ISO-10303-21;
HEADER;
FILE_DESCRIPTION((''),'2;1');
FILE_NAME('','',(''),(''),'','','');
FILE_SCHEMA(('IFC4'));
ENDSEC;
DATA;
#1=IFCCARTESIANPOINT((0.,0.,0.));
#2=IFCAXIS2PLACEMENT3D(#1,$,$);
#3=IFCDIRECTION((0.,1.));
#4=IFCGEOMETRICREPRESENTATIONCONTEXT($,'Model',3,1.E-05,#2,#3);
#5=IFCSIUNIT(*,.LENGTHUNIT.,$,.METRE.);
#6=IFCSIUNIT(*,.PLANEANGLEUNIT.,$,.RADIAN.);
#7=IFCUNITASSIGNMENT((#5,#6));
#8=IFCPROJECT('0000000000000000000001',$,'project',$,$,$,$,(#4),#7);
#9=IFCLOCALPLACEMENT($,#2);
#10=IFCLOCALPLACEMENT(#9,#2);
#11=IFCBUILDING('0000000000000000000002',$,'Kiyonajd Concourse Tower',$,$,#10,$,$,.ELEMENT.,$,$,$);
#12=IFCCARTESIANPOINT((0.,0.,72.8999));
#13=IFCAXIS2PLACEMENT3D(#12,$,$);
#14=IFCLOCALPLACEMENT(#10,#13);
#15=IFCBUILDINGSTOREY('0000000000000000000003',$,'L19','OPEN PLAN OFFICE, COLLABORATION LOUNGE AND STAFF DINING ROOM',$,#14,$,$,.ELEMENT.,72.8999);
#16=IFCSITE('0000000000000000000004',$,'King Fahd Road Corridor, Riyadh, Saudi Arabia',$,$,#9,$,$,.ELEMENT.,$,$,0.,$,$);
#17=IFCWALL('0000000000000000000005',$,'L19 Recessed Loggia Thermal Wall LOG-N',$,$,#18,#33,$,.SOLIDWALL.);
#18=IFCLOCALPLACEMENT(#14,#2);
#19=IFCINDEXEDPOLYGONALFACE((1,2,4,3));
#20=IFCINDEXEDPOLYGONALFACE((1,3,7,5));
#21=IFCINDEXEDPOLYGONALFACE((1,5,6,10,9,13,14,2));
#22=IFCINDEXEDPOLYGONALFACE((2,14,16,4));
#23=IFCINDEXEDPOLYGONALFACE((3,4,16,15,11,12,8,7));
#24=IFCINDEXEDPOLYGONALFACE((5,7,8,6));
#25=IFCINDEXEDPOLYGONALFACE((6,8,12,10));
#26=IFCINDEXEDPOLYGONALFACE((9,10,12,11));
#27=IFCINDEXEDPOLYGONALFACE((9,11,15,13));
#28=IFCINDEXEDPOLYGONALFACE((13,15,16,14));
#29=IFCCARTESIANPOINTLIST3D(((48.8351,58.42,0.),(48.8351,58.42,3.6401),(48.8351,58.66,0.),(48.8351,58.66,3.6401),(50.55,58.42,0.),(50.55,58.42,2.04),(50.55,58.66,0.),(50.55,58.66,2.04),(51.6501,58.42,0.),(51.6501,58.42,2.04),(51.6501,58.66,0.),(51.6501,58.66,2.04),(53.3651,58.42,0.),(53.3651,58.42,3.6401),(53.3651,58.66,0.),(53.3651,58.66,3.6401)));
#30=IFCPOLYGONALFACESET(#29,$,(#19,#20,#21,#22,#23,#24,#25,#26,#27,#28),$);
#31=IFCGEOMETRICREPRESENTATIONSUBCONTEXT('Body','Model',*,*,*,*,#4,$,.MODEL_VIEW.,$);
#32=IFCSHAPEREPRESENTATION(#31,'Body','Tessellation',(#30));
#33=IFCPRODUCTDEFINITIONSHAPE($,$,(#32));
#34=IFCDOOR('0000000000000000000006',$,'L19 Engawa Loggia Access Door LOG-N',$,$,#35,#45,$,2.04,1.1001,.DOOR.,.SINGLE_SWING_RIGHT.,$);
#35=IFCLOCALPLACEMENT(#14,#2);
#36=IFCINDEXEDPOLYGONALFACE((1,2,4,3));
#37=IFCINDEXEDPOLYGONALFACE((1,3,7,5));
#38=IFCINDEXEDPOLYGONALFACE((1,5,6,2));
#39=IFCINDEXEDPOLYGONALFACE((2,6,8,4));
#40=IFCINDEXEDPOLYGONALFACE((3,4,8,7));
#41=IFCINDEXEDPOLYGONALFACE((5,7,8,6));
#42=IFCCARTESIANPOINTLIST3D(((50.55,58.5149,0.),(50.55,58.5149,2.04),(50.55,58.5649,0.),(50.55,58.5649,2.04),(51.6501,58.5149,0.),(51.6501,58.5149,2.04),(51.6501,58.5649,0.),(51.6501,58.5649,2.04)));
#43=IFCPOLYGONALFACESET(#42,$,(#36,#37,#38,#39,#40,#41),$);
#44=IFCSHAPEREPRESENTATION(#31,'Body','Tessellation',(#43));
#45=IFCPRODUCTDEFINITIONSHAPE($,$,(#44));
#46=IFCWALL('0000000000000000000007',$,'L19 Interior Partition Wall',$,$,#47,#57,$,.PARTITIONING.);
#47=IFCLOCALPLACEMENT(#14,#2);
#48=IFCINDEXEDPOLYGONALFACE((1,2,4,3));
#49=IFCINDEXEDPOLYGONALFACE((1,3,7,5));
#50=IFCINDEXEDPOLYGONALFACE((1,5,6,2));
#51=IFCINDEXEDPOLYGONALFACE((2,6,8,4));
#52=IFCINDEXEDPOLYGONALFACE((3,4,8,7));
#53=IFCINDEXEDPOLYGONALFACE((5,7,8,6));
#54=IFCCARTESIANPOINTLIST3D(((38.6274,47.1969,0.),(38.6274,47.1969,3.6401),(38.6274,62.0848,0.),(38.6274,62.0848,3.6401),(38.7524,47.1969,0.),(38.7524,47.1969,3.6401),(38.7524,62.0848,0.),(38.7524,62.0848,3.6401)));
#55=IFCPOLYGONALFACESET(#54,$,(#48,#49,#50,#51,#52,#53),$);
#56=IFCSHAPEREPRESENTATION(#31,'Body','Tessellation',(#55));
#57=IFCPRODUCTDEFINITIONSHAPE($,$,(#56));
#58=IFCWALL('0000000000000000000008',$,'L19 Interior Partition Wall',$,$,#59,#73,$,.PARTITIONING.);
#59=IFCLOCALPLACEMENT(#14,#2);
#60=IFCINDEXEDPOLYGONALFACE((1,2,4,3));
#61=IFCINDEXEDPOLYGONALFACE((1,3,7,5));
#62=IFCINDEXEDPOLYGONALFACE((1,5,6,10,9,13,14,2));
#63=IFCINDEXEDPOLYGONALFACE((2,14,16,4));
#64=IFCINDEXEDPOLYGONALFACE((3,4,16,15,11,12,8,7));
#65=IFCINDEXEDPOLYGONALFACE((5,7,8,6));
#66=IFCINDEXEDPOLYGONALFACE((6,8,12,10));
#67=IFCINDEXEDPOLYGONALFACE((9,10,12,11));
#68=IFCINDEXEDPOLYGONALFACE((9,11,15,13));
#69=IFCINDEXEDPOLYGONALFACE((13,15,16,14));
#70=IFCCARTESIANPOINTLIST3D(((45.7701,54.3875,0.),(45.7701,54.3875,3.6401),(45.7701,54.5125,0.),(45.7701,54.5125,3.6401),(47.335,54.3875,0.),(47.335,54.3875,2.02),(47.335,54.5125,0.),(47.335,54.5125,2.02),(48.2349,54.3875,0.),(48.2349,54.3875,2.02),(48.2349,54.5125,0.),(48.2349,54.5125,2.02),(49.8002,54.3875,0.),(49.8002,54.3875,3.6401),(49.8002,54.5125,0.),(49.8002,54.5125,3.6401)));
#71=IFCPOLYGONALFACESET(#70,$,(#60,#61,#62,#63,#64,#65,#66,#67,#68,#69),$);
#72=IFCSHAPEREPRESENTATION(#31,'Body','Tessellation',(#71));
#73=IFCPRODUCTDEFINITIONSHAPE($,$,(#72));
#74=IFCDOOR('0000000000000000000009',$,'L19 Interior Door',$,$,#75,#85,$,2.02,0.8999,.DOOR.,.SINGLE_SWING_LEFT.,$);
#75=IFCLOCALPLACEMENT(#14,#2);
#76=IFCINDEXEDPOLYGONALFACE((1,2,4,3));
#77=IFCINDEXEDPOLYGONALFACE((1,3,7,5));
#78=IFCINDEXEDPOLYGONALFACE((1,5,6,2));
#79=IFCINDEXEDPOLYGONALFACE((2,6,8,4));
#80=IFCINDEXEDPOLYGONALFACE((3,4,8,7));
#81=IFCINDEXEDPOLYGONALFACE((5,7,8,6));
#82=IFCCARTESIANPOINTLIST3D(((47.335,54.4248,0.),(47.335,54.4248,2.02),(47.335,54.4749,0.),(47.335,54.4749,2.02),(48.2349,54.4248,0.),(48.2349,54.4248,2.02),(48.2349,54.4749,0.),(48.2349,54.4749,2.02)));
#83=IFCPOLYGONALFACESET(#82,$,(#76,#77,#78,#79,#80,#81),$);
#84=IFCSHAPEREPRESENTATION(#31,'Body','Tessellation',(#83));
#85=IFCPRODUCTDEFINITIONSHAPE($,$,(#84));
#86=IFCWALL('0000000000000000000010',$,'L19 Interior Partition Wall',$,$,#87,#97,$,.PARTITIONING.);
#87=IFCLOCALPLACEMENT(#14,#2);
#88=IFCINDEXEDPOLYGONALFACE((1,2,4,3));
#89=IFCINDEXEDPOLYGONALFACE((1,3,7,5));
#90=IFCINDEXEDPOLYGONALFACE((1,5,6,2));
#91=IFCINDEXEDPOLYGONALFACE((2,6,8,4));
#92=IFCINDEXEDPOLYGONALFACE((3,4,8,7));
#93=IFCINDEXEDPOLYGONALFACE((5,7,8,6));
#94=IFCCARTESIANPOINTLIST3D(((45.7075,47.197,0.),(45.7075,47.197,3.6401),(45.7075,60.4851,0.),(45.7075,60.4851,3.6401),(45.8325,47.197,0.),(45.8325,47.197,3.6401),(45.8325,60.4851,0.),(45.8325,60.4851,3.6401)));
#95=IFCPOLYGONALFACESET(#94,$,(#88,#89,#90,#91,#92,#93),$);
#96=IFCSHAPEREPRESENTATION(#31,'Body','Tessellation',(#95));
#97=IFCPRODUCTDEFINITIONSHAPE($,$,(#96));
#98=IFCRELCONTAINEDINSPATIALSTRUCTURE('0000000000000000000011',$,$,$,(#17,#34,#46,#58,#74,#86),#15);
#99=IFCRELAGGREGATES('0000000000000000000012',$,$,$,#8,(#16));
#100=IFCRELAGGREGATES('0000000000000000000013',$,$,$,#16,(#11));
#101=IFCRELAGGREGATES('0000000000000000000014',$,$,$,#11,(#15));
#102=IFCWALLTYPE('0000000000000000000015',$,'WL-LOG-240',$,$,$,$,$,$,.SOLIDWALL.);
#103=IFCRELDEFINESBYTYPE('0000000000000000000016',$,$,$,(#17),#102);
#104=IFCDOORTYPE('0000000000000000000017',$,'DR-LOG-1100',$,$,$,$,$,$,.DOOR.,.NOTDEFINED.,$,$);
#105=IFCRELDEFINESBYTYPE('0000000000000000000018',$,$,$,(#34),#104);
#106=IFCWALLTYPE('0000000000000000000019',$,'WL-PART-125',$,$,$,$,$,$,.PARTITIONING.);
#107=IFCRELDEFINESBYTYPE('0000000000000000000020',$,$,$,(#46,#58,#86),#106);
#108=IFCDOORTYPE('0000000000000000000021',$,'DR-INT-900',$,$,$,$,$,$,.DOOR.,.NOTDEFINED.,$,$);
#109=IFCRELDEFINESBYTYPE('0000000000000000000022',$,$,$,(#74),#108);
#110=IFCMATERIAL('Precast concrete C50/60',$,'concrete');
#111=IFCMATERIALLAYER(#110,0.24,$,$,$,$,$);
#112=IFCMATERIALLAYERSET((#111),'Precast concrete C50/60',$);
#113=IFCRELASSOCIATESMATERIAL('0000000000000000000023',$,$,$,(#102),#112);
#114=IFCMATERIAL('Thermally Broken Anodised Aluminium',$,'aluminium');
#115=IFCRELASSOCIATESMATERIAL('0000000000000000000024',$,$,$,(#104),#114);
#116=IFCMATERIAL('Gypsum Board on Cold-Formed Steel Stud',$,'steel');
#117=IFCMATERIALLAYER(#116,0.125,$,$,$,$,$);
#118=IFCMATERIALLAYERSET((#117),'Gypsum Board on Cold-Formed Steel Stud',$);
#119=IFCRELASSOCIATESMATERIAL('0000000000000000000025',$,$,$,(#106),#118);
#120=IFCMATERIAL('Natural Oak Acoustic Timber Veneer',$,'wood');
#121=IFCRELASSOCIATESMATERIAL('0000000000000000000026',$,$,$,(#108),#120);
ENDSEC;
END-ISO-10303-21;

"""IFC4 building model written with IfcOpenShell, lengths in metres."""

from ifc_helpers import new_model, si_unit, direction, frame, frame_2d, origin, place, context, subcontext, project, spatial, rectangle, extrude, material, layer, layer_set, type_object, element, fill, save


model = new_model("IFC4")

# Units and contexts
model_context = context("Model", 3, precision=1e-05, world=origin(), true_north=direction((0.0, 1.0)))
body_context = subcontext(model_context, "Body", "Model", "MODEL_VIEW")
ifc_project = project(units=[si_unit("LENGTHUNIT", "METRE"), si_unit("PLANEANGLEUNIT", "RADIAN")], contexts=[model_context])

# Site, building, storey
site_placement = place(None, origin())
site = spatial("IfcSite", under=ifc_project, at=site_placement, Name="King Fahd Road Corridor, Riyadh, Saudi Arabia", CompositionType="ELEMENT", RefElevation=0.0)
building_placement = place(site_placement, origin())
building = spatial("IfcBuilding", under=site, at=building_placement, Name="Kiyonajd Concourse Tower", CompositionType="ELEMENT")
storey_placement = place(building_placement, frame((0.0, 0.0, 72.8999)))
storey = spatial("IfcBuildingStorey", under=building, at=storey_placement, Name="L19", Description="OPEN PLAN OFFICE, COLLABORATION LOUNGE AND STAFF DINING ROOM", CompositionType="ELEMENT", Elevation=72.8999)

# Shared definitions
ifc_material_1 = material(Name="Precast concrete C50/60", Category="concrete")

# Shared definitions
ifc_material_2 = material(Name="Thermally Broken Anodised Aluminium", Category="aluminium")

# Wall, opening, door
ifc_layer_1 = layer(ifc_material_1, 0.24)
ifc_layer_set_1 = layer_set([ifc_layer_1], Name="Precast concrete C50/60")
wall_type_1 = type_object("IfcWallType", Name="WL-LOG-240", PredefinedType="SOLIDWALL", material=ifc_layer_set_1)
wall_1_placement = place(storey_placement, frame((48.835, 58.54, 0.0), z_axis=(0.0, 0.0, 1.0), x_axis=(1.0, 0.0, 0.0)))
wall_1 = element("IfcWall", 1, at=wall_1_placement, inside=storey, type_object=wall_type_1, Name="L19 Recessed Loggia Thermal Wall LOG-N", PredefinedType="SOLIDWALL", context=body_context, shape_type="SweptSolid", body=[
    extrude(rectangle(XDim=4.53, YDim=0.24, at=frame_2d((2.2651, 0.0))), origin(), (0.0, 0.0, 1.0), 3.6401),
])
opening_1_placement = place(wall_1_placement, frame((1.7151, 0.0, 0.0)))
opening_1 = element("IfcOpeningElement", 2, at=opening_1_placement, cuts=wall_1, PredefinedType="OPENING", context=body_context, shape_type="SweptSolid", body=[
    extrude(rectangle(XDim=1.1001, YDim=2.04, at=frame_2d((0.55, 1.02))), frame((0.0, 0.1299, 0.0), z_axis=(0.0, -1.0, 0.0), x_axis=(1.0, 0.0, 0.0)), (0.0, 0.0, 1.0), 0.26),
])
door_type_1 = type_object("IfcDoorType", Name="DR-LOG-1100", OperationType="NOTDEFINED", PredefinedType="DOOR", material=ifc_material_2)
door_1_placement = place(opening_1_placement, origin())
door_1 = element("IfcDoor", 3, at=door_1_placement, inside=storey, type_object=door_type_1, Name="L19 Engawa Loggia Access Door LOG-N", OperationType="SINGLE_SWING_RIGHT", OverallHeight=2.04, OverallWidth=1.1001, PredefinedType="DOOR", context=body_context, shape_type="SweptSolid", body=[
    extrude(rectangle(XDim=1.1001, YDim=2.04, at=frame_2d((0.55, 1.02))), frame((0.0, 0.0249, 0.0), z_axis=(0.0, -1.0, 0.0), x_axis=(1.0, 0.0, 0.0)), (0.0, 0.0, 1.0), 0.05),
])
fill(opening_1, door_1)

# Wall
ifc_material_3 = material(Name="Gypsum Board on Cold-Formed Steel Stud", Category="steel")
ifc_layer_2 = layer(ifc_material_3, 0.125)
ifc_layer_set_2 = layer_set([ifc_layer_2], Name="Gypsum Board on Cold-Formed Steel Stud")
wall_type_2 = type_object("IfcWallType", Name="WL-PART-125", PredefinedType="PARTITIONING", material=ifc_layer_set_2)
wall_2_placement = place(storey_placement, frame((38.6899, 47.197, 0.0), z_axis=(0.0, 0.0, 1.0), x_axis=(0.0, 1.0, 0.0)))
element("IfcWall", 4, at=wall_2_placement, inside=storey, type_object=wall_type_2, Name="L19 Interior Partition Wall", PredefinedType="PARTITIONING", context=body_context, shape_type="SweptSolid", body=[
    extrude(rectangle(XDim=14.8879, YDim=0.125, at=frame_2d((7.4438, 0.0))), origin(), (0.0, 0.0, 1.0), 3.6401),
])

# Wall, opening, door
wall_3_placement = place(storey_placement, frame((45.77, 54.45, 0.0), z_axis=(0.0, 0.0, 1.0), x_axis=(1.0, 0.0, 0.0)))
wall_3 = element("IfcWall", 5, at=wall_3_placement, inside=storey, type_object=wall_type_2, Name="L19 Interior Partition Wall", PredefinedType="PARTITIONING", context=body_context, shape_type="SweptSolid", body=[
    extrude(rectangle(XDim=4.03, YDim=0.125, at=frame_2d((2.0151, 0.0))), origin(), (0.0, 0.0, 1.0), 3.6401),
])
opening_2_placement = place(wall_3_placement, frame((1.5649, 0.0, 0.0)))
opening_2 = element("IfcOpeningElement", 6, at=opening_2_placement, cuts=wall_3, PredefinedType="OPENING", context=body_context, shape_type="SweptSolid", body=[
    extrude(rectangle(XDim=0.8999, YDim=2.02, at=frame_2d((0.45, 1.01))), frame((0.0, 0.0725, 0.0), z_axis=(0.0, -1.0, 0.0), x_axis=(1.0, 0.0, 0.0)), (0.0, 0.0, 1.0), 0.145),
])
ifc_material_4 = material(Name="Natural Oak Acoustic Timber Veneer", Category="wood")
door_type_2 = type_object("IfcDoorType", Name="DR-INT-900", OperationType="NOTDEFINED", PredefinedType="DOOR", material=ifc_material_4)
door_2_placement = place(opening_2_placement, origin())
door_2 = element("IfcDoor", 7, at=door_2_placement, inside=storey, type_object=door_type_2, Name="L19 Interior Door", OperationType="SINGLE_SWING_LEFT", OverallHeight=2.02, OverallWidth=0.8999, PredefinedType="DOOR", context=body_context, shape_type="SweptSolid", body=[
    extrude(rectangle(XDim=0.8999, YDim=2.02, at=frame_2d((0.45, 1.01))), frame((0.0, 0.0249, 0.0), z_axis=(0.0, -1.0, 0.0), x_axis=(1.0, 0.0, 0.0)), (0.0, 0.0, 1.0), 0.05),
])
fill(opening_2, door_2)

# Wall
wall_4_placement = place(storey_placement, frame((45.77, 47.197, 0.0), z_axis=(0.0, 0.0, 1.0), x_axis=(0.0, 1.0, 0.0)))
element("IfcWall", 8, at=wall_4_placement, inside=storey, type_object=wall_type_2, Name="L19 Interior Partition Wall", PredefinedType="PARTITIONING", context=body_context, shape_type="SweptSolid", body=[
    extrude(rectangle(XDim=13.2881, YDim=0.125, at=frame_2d((6.644, 0.0))), origin(), (0.0, 0.0, 1.0), 3.6401),
])

save(model, "model.ifc")
